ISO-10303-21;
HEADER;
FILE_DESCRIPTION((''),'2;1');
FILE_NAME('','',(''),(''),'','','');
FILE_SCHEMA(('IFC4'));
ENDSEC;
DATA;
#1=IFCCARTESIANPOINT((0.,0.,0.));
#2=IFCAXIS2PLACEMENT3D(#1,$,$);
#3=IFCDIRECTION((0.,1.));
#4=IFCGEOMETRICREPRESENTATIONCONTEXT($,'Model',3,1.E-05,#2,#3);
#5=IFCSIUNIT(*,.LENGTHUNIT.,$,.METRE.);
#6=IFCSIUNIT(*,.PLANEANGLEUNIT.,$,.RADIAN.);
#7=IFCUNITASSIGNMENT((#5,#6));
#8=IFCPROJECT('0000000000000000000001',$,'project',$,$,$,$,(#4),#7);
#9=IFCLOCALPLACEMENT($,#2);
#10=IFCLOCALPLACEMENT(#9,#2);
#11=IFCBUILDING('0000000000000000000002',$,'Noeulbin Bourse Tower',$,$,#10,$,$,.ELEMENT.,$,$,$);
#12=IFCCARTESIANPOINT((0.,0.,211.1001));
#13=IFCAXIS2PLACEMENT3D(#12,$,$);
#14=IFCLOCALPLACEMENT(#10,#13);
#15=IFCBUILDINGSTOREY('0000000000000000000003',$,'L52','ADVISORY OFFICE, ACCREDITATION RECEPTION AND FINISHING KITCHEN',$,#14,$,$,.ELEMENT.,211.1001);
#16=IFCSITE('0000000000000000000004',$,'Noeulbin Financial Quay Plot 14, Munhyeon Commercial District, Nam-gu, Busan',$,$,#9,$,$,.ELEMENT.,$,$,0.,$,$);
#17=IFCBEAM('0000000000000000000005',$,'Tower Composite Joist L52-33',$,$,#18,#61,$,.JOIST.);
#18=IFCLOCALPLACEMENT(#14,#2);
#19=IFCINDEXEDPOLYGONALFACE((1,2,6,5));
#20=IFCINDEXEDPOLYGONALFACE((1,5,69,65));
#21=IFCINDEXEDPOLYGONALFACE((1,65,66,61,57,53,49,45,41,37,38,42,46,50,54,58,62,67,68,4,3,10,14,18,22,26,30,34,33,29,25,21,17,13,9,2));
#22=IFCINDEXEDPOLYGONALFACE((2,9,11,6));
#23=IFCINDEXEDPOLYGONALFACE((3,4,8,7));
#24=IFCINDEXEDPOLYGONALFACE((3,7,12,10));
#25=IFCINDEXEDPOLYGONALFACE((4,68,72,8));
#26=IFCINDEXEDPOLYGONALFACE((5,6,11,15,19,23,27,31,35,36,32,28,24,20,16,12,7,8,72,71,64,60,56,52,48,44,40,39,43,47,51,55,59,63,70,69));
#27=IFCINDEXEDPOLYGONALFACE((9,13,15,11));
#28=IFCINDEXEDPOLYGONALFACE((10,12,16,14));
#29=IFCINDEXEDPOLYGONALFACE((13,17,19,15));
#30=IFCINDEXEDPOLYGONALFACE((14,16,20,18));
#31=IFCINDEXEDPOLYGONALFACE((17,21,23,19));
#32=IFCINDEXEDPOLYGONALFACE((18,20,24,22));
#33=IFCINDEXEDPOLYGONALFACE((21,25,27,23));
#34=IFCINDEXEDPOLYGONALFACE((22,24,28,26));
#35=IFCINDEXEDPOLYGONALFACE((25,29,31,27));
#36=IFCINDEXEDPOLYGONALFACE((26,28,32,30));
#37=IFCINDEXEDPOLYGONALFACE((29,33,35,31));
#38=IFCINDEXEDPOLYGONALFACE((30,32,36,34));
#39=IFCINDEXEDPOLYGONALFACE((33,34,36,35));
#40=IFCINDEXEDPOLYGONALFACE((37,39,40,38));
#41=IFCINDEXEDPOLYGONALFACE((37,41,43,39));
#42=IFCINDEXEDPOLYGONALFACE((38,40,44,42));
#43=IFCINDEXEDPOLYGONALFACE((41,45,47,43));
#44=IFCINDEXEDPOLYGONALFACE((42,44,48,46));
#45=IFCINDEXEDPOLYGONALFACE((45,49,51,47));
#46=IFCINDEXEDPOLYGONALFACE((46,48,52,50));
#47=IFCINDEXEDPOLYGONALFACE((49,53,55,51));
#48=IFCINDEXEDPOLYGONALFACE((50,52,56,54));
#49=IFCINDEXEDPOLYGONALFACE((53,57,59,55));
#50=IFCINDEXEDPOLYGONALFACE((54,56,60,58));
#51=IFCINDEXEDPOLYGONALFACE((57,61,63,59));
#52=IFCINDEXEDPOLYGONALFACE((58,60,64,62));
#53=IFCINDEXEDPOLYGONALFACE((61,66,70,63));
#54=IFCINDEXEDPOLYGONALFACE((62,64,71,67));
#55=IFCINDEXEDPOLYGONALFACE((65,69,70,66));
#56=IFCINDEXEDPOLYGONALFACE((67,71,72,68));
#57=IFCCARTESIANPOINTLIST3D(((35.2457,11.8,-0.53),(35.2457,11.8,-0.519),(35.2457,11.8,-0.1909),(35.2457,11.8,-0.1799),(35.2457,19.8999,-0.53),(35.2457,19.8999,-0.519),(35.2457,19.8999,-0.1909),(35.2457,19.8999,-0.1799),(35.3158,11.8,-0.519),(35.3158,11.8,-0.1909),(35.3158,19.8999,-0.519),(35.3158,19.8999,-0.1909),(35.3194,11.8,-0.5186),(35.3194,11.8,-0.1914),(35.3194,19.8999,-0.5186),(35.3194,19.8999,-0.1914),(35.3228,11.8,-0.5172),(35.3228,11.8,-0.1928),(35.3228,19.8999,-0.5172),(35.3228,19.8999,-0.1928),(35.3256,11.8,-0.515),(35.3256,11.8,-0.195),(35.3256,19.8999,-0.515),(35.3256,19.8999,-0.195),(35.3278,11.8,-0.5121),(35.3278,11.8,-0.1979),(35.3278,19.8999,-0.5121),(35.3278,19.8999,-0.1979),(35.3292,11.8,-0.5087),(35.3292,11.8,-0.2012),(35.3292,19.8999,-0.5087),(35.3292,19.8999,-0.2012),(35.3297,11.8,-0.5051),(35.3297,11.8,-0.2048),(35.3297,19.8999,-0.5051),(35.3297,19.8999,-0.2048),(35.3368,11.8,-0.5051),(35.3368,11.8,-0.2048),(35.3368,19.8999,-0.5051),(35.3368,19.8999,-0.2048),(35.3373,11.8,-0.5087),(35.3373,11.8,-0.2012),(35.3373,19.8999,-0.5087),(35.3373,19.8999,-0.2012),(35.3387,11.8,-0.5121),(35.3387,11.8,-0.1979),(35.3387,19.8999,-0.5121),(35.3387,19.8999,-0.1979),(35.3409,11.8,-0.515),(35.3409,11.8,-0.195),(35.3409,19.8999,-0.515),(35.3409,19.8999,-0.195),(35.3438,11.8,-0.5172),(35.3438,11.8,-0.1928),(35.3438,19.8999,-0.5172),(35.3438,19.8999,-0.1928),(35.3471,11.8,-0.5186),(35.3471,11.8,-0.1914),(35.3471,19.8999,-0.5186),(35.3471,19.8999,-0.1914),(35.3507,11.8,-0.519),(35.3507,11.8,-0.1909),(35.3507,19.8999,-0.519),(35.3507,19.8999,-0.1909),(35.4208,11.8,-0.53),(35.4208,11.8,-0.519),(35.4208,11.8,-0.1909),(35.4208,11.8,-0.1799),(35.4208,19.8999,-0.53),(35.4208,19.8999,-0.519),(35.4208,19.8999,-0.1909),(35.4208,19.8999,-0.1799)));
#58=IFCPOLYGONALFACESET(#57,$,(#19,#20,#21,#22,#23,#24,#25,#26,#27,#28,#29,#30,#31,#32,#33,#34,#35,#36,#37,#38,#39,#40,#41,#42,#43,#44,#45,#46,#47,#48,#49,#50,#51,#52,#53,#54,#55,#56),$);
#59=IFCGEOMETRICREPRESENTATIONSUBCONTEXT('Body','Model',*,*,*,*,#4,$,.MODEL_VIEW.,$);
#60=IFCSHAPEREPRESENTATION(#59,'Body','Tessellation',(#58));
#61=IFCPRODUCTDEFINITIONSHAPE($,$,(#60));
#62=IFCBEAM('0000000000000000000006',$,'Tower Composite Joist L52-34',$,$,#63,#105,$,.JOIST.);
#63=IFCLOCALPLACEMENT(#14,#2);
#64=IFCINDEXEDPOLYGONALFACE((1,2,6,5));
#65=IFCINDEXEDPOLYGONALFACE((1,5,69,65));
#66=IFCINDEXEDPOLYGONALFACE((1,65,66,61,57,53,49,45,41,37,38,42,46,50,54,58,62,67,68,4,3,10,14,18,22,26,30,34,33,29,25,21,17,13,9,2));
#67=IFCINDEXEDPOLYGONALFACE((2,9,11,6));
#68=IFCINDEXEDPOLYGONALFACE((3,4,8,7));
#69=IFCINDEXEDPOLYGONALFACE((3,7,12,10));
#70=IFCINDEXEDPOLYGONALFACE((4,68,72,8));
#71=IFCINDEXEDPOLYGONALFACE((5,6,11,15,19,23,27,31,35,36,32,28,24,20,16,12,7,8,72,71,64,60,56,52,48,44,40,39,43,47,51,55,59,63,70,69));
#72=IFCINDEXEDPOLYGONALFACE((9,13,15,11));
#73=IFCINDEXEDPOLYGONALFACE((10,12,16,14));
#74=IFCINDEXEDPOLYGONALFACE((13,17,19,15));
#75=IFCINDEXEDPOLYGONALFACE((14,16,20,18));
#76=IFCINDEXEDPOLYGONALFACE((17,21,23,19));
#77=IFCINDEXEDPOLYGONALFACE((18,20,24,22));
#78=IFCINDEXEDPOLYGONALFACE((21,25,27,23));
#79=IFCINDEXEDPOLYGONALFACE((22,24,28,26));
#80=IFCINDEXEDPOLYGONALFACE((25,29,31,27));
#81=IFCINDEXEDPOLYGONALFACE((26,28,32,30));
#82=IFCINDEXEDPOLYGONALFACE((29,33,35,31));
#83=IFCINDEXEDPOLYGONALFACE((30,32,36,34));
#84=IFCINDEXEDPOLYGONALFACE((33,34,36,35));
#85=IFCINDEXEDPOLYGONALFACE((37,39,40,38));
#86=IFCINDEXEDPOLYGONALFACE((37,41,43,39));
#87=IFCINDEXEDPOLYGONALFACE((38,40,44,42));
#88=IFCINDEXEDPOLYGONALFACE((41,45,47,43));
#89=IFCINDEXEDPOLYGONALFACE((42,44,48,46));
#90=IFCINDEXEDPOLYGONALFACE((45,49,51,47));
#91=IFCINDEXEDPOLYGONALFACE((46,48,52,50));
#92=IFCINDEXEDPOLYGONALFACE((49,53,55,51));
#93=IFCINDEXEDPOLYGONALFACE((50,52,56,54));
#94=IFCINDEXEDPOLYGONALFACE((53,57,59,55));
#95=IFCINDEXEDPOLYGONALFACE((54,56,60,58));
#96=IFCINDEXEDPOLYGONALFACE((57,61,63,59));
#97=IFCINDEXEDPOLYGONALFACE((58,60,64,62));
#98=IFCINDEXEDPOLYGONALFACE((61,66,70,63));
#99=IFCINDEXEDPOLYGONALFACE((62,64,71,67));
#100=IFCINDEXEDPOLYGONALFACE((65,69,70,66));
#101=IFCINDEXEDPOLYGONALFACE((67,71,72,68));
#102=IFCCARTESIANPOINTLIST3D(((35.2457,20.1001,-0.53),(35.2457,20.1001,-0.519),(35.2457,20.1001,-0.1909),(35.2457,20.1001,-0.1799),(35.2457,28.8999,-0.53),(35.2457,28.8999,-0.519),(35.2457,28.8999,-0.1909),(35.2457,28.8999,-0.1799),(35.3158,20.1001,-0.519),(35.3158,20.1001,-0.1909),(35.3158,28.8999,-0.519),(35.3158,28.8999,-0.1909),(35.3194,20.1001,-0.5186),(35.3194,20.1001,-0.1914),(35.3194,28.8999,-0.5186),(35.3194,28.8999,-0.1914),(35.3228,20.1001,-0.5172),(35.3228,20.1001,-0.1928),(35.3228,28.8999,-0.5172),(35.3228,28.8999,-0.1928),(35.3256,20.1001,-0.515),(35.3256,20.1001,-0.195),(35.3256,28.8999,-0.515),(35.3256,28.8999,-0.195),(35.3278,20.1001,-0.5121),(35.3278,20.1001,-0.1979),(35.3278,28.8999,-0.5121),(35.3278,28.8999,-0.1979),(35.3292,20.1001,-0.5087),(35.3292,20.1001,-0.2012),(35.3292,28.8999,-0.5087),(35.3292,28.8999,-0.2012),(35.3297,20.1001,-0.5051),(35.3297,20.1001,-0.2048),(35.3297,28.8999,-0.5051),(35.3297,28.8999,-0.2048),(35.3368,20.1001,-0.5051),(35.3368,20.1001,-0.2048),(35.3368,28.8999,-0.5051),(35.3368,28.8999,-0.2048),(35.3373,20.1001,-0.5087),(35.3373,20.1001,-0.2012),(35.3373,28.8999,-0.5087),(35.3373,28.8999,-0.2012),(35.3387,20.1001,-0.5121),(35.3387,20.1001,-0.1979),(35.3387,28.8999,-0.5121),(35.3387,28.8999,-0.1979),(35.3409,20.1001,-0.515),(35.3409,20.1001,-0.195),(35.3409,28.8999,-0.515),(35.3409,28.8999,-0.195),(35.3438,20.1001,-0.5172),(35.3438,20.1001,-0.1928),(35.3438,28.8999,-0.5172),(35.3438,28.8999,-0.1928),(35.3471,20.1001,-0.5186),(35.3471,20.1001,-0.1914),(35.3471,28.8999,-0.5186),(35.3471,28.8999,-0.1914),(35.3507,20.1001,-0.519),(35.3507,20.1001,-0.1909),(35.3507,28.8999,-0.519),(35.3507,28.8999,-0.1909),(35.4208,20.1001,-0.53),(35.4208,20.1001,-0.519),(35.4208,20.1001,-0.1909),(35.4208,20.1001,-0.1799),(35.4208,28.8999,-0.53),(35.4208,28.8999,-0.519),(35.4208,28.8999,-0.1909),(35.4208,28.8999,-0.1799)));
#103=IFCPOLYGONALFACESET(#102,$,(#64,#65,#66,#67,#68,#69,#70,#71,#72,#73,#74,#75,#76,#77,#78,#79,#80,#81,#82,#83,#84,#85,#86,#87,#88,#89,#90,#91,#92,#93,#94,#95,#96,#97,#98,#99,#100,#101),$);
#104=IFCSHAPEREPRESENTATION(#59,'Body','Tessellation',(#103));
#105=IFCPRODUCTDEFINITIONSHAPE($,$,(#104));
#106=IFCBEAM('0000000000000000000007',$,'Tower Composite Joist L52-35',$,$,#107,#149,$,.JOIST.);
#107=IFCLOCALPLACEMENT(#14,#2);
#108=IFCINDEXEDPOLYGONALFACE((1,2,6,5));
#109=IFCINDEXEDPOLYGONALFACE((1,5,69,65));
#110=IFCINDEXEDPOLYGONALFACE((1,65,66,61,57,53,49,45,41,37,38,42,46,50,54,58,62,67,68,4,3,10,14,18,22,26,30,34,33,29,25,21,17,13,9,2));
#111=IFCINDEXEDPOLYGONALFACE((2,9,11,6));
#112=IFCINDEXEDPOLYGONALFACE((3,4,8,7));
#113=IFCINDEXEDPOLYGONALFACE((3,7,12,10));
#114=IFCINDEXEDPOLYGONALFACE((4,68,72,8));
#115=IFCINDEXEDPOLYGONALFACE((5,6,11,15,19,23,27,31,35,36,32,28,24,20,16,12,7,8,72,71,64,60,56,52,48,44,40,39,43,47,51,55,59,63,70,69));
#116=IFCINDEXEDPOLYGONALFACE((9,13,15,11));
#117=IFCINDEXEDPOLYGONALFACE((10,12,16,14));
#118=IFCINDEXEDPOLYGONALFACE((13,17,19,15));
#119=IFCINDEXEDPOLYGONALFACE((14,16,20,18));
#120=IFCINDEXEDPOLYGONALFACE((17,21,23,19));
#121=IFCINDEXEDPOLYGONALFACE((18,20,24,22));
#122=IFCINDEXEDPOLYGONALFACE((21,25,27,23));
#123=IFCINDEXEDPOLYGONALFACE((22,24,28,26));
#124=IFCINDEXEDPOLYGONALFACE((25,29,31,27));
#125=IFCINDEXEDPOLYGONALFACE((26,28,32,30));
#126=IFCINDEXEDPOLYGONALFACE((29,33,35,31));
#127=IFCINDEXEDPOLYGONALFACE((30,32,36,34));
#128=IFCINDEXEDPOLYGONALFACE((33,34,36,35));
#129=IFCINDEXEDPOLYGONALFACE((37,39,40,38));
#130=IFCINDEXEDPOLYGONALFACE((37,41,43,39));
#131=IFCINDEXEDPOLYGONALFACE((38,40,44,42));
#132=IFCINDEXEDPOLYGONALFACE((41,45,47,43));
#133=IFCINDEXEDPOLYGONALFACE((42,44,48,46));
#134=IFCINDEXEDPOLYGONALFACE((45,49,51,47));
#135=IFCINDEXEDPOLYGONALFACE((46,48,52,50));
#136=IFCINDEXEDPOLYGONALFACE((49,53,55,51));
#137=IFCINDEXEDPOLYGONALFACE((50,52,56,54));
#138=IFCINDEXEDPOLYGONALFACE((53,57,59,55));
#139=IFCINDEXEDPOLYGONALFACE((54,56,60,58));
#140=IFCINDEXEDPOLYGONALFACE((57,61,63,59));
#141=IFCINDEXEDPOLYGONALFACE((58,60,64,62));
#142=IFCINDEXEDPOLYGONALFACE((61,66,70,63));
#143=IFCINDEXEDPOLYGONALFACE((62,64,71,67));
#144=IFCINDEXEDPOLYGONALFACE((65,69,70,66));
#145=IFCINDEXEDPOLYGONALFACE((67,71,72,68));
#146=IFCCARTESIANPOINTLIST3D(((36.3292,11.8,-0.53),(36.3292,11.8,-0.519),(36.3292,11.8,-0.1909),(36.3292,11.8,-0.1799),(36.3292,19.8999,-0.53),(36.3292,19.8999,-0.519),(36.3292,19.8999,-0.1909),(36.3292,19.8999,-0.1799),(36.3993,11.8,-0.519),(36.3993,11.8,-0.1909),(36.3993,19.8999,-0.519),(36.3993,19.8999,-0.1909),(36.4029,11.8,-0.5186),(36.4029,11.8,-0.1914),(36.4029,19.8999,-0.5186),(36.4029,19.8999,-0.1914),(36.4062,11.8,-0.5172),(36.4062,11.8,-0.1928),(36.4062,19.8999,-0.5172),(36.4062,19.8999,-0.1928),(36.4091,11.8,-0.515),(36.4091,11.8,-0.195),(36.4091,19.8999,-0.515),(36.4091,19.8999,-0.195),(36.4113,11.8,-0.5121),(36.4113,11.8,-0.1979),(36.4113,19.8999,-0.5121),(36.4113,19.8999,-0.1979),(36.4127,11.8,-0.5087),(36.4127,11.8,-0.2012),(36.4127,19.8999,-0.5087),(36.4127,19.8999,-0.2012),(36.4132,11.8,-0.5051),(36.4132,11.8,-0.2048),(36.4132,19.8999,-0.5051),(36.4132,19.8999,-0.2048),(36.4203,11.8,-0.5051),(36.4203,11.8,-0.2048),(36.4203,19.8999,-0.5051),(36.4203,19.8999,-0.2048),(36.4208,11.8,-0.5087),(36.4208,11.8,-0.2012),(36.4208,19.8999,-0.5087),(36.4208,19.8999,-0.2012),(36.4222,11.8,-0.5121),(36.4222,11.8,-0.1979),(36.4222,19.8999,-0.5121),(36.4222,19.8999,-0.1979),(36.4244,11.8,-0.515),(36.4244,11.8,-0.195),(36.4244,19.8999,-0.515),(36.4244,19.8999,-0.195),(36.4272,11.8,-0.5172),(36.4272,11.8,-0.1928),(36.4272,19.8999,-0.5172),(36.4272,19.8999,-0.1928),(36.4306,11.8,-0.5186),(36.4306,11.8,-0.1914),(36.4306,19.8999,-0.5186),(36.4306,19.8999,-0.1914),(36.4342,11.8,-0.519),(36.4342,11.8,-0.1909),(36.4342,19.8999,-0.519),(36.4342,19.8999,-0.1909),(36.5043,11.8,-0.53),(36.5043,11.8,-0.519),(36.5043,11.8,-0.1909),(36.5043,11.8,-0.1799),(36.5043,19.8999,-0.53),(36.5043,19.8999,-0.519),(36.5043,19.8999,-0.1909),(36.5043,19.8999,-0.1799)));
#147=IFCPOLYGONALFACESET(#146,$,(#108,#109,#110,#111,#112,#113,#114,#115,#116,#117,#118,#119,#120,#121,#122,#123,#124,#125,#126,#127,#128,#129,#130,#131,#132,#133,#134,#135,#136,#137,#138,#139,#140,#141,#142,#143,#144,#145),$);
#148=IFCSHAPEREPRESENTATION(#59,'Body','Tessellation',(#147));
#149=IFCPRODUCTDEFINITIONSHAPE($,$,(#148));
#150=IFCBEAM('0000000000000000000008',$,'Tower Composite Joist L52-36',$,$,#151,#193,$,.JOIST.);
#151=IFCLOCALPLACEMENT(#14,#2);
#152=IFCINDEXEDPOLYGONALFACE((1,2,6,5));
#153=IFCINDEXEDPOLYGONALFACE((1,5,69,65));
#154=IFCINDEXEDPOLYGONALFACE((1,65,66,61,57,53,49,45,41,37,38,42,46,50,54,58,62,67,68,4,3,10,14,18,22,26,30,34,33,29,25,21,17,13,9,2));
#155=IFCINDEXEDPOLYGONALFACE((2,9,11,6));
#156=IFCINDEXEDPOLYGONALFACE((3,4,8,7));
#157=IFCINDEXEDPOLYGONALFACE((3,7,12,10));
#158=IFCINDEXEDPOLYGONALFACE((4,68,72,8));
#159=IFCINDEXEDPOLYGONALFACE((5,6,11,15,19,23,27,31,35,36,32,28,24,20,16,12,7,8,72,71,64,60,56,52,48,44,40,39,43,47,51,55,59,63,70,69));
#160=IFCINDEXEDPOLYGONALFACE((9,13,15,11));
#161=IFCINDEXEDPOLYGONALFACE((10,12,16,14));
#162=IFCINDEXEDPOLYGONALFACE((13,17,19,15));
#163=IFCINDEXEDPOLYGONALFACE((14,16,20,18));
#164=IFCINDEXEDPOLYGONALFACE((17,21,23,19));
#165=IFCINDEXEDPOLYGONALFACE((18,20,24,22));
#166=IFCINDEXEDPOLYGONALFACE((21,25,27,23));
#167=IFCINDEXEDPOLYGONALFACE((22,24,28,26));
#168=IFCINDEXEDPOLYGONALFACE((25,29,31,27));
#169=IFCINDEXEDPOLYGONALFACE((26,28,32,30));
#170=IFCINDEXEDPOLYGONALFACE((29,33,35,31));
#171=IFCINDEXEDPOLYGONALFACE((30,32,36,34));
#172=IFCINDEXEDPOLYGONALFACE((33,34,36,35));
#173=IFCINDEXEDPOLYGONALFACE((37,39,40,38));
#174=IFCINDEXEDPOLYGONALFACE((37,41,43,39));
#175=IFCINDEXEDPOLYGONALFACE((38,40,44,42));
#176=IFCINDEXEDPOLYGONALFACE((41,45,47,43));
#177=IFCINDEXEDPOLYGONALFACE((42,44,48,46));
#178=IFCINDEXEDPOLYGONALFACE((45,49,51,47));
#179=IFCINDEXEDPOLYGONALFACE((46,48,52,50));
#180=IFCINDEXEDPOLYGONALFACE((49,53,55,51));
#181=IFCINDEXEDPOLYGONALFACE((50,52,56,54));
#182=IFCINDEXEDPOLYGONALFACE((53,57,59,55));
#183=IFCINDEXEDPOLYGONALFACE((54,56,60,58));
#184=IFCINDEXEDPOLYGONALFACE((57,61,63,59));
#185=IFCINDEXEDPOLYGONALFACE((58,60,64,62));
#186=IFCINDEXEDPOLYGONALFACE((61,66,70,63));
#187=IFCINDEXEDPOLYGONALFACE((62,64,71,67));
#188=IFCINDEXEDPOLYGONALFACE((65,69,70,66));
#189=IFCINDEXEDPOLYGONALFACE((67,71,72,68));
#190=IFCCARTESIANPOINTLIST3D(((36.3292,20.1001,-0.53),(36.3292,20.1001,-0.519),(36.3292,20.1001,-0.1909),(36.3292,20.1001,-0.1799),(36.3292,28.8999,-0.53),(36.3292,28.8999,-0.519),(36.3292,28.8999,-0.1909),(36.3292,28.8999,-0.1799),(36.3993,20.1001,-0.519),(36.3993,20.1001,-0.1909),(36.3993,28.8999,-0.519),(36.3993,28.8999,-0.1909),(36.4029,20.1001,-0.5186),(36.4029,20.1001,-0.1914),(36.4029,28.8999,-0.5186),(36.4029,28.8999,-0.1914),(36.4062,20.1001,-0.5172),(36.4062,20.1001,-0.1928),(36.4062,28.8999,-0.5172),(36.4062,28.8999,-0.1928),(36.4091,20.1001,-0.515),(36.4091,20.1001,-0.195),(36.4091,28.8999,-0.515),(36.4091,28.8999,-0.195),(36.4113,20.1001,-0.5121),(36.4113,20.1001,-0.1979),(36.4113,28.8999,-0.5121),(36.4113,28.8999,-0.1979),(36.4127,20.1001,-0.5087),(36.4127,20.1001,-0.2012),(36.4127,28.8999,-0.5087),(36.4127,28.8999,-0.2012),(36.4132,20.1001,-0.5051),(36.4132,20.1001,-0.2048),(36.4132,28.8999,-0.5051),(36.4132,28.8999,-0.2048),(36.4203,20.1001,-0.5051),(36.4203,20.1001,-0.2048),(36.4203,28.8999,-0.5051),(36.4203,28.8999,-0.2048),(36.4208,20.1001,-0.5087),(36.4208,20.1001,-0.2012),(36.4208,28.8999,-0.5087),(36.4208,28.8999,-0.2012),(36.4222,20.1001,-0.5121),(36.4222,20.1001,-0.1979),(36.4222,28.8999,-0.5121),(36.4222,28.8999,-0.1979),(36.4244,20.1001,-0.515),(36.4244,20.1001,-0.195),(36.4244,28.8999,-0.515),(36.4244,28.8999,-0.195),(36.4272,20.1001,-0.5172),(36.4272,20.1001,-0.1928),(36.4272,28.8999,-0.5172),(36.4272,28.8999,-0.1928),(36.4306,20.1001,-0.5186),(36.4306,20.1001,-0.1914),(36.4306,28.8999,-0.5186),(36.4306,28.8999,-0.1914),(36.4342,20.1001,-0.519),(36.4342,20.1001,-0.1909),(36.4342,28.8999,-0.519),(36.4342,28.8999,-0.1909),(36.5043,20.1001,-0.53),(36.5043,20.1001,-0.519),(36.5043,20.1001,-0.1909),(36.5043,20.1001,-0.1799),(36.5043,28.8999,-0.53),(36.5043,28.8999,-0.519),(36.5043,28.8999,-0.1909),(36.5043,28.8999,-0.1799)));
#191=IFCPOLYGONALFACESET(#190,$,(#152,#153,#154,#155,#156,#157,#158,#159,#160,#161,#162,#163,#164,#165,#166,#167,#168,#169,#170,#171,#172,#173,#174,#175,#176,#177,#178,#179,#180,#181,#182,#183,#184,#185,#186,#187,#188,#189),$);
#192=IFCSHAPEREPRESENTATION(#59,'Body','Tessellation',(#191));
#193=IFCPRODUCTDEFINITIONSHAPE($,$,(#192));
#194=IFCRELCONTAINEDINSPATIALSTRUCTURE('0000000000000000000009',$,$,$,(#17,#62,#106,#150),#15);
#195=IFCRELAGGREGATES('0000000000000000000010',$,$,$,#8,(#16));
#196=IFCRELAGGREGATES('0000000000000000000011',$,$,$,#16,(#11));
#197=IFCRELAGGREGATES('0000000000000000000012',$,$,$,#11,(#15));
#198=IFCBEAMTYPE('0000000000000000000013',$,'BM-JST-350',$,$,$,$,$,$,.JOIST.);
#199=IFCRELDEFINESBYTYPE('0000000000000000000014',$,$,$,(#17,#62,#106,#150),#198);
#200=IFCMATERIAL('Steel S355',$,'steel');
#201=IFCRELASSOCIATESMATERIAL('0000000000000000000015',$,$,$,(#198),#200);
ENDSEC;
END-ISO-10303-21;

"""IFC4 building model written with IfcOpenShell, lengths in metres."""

from ifc_helpers import new_model, si_unit, direction, frame, origin, origin_2d, place, context, subcontext, project, spatial, i_section, extrude, material, material_profile, profile_set, type_object, element, save


model = new_model("IFC4")

# Units and contexts
model_context = context("Model", 3, precision=1e-05, world=origin(), true_north=direction((0.0, 1.0)))
body_context = subcontext(model_context, "Body", "Model", "MODEL_VIEW")
ifc_project = project(units=[si_unit("LENGTHUNIT", "METRE"), si_unit("PLANEANGLEUNIT", "RADIAN")], contexts=[model_context])

# Site, building, storey
site_placement = place(None, origin())
site = spatial("IfcSite", under=ifc_project, at=site_placement, Name="Noeulbin Financial Quay Plot 14, Munhyeon Commercial District, Nam-gu, Busan", CompositionType="ELEMENT", RefElevation=0.0)
building_placement = place(site_placement, origin())
building = spatial("IfcBuilding", under=site, at=building_placement, Name="Noeulbin Bourse Tower", CompositionType="ELEMENT")
storey_placement = place(building_placement, frame((0.0, 0.0, 211.1001)))
storey = spatial("IfcBuildingStorey", under=building, at=storey_placement, Name="L52", Description="ADVISORY OFFICE, ACCREDITATION RECEPTION AND FINISHING KITCHEN", CompositionType="ELEMENT", Elevation=211.1001)

# Shared definitions
ifc_material_1 = material(Name="Steel S355", Category="steel")

# Beams
ifc_material_profile_1 = material_profile(ifc_material_1, i_section(OverallWidth=0.175, OverallDepth=0.3501, WebThickness=0.0071, FlangeThickness=0.011, FilletRadius=0.0139, at=origin_2d()), Name="H-350x175x7x11", Category="LoadBearing")
ifc_profile_set_1 = profile_set([ifc_material_profile_1], Name="Steel S355")
beam_type_1 = type_object("IfcBeamType", Name="BM-JST-350", PredefinedType="JOIST", material=ifc_profile_set_1)
beam_1_placement = place(storey_placement, frame((35.3333, 11.8, -0.355), z_axis=(0.0, 1.0, 0.0), x_axis=(-1.0, 0.0, 0.0)))
element("IfcBeam", 1, at=beam_1_placement, inside=storey, type_object=beam_type_1, Name="Tower Composite Joist L52-33", PredefinedType="JOIST", context=body_context, shape_type="SweptSolid", body=[
    extrude(i_section(OverallWidth=0.175, OverallDepth=0.3501, WebThickness=0.0071, FlangeThickness=0.011, FilletRadius=0.0139, at=origin_2d()), origin(), (0.0, 0.0, 1.0), 8.0999),
])
beam_2_placement = place(storey_placement, frame((35.3333, 20.1001, -0.355), z_axis=(0.0, 1.0, 0.0), x_axis=(-1.0, 0.0, 0.0)))
element("IfcBeam", 2, at=beam_2_placement, inside=storey, type_object=beam_type_1, Name="Tower Composite Joist L52-34", PredefinedType="JOIST", context=body_context, shape_type="SweptSolid", body=[
    extrude(i_section(OverallWidth=0.175, OverallDepth=0.3501, WebThickness=0.0071, FlangeThickness=0.011, FilletRadius=0.0139, at=origin_2d()), origin(), (0.0, 0.0, 1.0), 8.7998),
])
beam_3_placement = place(storey_placement, frame((36.4167, 11.8, -0.355), z_axis=(0.0, 1.0, 0.0), x_axis=(-1.0, 0.0, 0.0)))
element("IfcBeam", 3, at=beam_3_placement, inside=storey, type_object=beam_type_1, Name="Tower Composite Joist L52-35", PredefinedType="JOIST", context=body_context, shape_type="SweptSolid", body=[
    extrude(i_section(OverallWidth=0.175, OverallDepth=0.3501, WebThickness=0.0071, FlangeThickness=0.011, FilletRadius=0.0139, at=origin_2d()), origin(), (0.0, 0.0, 1.0), 8.0999),
])
beam_4_placement = place(storey_placement, frame((36.4167, 20.1001, -0.355), z_axis=(0.0, 1.0, 0.0), x_axis=(-1.0, 0.0, 0.0)))
element("IfcBeam", 4, at=beam_4_placement, inside=storey, type_object=beam_type_1, Name="Tower Composite Joist L52-36", PredefinedType="JOIST", context=body_context, shape_type="SweptSolid", body=[
    extrude(i_section(OverallWidth=0.175, OverallDepth=0.3501, WebThickness=0.0071, FlangeThickness=0.011, FilletRadius=0.0139, at=origin_2d()), origin(), (0.0, 0.0, 1.0), 8.7998),
])

save(model, "model.ifc")
